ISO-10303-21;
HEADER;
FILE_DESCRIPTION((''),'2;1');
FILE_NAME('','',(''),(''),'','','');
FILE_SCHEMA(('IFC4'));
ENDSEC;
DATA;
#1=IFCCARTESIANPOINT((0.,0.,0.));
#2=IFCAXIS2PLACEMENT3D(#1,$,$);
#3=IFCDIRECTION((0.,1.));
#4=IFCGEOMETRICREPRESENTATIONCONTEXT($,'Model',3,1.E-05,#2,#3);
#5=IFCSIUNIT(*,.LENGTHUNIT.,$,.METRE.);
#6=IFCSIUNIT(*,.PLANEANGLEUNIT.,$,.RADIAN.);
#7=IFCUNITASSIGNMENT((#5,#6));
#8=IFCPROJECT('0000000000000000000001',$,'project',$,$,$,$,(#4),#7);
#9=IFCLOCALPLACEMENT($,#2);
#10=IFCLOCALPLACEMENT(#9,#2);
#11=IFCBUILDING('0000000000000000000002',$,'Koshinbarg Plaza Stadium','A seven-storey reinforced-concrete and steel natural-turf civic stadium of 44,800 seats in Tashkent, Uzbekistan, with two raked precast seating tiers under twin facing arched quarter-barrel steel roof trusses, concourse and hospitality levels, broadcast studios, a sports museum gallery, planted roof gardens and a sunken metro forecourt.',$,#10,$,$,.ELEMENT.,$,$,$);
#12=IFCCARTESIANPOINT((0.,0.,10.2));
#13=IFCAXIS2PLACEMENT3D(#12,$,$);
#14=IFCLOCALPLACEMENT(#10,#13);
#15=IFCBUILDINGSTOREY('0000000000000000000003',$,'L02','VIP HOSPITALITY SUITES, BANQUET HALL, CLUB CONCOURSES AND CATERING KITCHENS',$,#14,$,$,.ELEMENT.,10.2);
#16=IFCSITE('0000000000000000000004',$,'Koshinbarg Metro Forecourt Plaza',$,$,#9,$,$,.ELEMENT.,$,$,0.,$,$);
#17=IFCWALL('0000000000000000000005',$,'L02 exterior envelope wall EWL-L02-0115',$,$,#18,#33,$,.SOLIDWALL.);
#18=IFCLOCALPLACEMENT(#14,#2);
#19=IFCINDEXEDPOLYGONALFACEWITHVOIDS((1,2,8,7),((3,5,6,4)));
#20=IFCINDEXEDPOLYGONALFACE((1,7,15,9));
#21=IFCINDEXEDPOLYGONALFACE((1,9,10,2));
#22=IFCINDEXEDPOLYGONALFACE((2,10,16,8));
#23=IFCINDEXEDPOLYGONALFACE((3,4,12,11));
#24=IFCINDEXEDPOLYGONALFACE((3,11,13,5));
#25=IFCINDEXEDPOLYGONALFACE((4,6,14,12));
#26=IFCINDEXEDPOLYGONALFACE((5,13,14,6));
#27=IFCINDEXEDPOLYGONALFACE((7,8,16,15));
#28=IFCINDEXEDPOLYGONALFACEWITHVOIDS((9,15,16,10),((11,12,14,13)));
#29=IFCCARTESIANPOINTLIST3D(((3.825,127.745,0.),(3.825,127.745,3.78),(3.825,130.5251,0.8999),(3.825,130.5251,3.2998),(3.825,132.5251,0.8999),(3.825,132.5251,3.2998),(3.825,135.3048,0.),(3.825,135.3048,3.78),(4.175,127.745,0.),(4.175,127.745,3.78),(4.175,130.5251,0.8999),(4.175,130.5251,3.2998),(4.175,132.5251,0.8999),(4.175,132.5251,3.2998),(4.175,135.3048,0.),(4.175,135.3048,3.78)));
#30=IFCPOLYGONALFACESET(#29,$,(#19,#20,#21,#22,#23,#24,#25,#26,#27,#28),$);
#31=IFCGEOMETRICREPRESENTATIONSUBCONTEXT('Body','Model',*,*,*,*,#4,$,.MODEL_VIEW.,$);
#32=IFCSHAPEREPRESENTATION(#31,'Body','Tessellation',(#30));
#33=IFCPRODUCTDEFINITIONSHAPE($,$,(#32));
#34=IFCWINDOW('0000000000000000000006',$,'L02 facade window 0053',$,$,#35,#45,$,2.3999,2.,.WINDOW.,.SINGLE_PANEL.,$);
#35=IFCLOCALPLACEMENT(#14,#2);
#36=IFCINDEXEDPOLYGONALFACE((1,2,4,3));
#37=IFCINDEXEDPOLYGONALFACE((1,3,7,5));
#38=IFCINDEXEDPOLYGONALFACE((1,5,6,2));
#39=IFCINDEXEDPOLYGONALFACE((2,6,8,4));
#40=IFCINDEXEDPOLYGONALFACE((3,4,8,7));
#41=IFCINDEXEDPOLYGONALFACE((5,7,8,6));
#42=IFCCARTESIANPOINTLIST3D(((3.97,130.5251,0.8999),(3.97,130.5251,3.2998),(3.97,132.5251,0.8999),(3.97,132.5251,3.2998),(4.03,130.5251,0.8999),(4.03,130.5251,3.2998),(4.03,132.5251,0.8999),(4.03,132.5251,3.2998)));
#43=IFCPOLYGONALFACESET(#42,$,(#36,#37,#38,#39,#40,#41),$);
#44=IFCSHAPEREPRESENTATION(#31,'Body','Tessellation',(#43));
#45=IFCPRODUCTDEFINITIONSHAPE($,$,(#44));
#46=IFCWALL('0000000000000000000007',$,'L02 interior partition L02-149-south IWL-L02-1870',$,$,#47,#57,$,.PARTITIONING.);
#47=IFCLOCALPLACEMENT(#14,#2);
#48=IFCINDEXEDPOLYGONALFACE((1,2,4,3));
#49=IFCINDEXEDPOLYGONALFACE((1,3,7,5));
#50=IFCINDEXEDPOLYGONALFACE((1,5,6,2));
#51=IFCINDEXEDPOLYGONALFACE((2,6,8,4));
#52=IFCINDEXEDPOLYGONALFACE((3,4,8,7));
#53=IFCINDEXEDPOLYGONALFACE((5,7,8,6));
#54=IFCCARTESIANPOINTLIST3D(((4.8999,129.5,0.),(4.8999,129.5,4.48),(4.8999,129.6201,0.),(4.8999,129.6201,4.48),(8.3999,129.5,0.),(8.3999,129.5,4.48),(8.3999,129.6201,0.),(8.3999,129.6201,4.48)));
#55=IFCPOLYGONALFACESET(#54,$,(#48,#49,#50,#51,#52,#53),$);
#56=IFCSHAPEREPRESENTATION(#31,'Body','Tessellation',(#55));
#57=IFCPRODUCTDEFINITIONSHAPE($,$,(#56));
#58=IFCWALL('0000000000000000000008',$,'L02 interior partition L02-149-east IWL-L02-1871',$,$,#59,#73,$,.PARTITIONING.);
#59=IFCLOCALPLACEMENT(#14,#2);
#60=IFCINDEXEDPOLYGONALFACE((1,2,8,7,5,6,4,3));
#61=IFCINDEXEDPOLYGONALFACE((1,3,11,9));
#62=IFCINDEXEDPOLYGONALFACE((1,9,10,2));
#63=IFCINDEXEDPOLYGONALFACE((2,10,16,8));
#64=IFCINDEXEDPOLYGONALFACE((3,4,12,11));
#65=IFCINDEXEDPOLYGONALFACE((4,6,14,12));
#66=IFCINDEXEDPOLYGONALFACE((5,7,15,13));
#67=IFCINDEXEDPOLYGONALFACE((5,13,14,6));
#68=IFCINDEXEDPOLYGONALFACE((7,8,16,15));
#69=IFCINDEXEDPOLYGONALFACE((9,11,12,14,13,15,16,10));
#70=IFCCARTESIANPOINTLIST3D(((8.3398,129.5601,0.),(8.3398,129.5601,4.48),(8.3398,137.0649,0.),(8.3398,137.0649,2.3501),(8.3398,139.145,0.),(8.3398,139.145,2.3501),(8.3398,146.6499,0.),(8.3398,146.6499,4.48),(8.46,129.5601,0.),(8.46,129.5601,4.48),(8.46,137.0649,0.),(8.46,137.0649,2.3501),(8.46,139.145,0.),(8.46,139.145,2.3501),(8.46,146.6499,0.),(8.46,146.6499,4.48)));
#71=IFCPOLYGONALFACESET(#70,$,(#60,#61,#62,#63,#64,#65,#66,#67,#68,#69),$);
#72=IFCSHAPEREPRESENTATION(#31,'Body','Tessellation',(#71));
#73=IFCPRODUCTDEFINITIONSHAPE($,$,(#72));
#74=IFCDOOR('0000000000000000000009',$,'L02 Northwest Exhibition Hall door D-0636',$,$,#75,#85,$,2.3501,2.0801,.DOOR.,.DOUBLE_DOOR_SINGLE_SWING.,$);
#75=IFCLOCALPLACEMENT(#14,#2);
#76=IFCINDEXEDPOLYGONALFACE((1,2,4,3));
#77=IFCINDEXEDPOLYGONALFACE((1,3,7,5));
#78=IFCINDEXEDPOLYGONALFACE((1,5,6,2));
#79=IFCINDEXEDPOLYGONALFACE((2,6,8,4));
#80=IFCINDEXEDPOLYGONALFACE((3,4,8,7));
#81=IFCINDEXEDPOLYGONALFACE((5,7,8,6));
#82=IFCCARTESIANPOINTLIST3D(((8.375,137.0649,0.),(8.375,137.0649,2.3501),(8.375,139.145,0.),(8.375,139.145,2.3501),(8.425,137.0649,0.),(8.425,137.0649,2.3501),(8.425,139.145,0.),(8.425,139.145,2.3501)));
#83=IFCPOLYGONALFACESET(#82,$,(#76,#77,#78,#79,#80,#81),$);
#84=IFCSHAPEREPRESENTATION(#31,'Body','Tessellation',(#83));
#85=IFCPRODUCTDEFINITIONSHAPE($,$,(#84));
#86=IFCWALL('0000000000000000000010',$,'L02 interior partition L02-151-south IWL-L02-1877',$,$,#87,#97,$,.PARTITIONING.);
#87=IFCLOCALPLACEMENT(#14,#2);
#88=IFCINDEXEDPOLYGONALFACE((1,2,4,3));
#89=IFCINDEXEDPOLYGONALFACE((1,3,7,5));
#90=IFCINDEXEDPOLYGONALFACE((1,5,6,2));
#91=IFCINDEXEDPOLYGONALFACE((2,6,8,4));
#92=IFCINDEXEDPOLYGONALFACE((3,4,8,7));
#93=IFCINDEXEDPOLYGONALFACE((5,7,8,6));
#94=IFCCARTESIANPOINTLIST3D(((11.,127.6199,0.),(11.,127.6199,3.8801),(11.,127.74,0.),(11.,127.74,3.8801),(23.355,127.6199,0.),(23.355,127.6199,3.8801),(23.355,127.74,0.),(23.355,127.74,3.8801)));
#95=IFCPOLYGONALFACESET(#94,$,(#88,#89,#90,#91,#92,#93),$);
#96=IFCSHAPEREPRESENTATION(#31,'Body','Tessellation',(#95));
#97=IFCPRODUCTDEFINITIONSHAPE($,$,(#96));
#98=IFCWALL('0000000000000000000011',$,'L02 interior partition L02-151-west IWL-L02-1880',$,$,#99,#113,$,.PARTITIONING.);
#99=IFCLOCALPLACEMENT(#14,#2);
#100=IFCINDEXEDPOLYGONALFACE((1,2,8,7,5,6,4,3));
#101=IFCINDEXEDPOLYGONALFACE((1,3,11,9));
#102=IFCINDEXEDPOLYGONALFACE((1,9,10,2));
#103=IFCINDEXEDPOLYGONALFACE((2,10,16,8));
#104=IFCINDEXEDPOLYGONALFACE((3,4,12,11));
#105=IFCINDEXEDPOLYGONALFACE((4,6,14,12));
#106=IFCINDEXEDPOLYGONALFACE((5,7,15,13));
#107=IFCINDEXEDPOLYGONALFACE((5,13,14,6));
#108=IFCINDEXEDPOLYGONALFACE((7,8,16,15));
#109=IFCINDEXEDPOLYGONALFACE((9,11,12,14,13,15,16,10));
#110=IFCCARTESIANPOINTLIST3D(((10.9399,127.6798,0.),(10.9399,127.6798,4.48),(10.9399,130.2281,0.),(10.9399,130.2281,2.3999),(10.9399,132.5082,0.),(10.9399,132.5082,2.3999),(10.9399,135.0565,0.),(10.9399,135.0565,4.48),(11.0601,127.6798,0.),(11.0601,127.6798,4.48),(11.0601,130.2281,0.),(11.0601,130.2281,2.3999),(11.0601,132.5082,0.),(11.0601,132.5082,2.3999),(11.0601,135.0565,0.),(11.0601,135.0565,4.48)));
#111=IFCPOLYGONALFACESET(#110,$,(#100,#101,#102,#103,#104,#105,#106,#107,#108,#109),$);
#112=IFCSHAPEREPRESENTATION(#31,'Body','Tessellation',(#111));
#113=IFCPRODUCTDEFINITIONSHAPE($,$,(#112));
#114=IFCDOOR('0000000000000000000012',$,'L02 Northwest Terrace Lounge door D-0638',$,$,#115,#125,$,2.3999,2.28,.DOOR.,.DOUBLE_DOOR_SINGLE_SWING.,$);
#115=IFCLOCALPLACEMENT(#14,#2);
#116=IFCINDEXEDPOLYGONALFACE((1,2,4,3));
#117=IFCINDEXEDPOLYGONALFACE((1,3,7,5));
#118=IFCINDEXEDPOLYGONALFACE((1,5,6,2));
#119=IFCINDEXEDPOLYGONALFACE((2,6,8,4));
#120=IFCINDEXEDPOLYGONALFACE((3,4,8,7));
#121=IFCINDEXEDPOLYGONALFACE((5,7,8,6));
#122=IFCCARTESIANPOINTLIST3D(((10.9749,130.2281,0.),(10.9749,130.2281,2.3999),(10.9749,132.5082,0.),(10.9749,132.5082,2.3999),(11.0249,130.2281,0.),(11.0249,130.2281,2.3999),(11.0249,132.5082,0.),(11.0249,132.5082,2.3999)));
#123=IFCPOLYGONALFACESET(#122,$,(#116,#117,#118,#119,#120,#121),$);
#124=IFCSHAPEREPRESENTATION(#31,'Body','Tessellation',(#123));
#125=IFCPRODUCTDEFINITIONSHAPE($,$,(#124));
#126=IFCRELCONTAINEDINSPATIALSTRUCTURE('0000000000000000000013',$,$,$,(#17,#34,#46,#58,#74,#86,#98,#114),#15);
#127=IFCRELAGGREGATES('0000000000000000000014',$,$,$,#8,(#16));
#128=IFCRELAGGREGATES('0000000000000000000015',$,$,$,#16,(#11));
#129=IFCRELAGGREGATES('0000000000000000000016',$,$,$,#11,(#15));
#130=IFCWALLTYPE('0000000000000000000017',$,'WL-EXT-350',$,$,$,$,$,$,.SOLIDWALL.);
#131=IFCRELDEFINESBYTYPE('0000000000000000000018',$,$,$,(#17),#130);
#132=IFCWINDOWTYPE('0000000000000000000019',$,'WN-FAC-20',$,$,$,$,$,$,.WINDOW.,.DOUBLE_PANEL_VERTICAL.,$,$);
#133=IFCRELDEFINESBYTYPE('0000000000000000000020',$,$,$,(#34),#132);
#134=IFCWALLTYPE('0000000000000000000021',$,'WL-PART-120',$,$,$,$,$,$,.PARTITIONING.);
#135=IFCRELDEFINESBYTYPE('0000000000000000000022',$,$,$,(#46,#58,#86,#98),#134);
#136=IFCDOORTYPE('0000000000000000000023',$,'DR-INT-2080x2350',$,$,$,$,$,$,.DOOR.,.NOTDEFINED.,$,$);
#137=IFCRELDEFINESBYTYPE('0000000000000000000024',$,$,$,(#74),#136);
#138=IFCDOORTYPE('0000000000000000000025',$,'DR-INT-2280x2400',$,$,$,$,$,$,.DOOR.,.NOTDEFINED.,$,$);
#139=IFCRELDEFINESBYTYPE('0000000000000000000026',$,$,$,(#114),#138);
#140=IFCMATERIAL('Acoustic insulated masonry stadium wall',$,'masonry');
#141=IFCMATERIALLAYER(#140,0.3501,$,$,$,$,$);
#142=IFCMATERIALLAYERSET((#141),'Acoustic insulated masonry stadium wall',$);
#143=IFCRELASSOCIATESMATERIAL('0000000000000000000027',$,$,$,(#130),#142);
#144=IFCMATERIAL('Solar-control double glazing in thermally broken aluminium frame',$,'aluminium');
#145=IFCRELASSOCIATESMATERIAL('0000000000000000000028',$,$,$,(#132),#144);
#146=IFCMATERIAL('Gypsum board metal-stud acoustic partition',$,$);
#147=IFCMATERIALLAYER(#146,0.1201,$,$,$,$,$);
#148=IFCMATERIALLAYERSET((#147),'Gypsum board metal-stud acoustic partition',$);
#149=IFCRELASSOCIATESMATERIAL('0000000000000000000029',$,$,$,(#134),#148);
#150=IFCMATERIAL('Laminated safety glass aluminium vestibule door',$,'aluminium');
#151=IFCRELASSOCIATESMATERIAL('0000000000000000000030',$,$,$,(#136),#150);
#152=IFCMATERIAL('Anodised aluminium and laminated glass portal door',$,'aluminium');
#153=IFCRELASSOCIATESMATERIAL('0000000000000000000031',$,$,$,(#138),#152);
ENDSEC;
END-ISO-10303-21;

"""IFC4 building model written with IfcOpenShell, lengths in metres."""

from ifc_helpers import new_model, si_unit, direction, frame, frame_2d, origin, place, context, subcontext, project, spatial, rectangle, extrude, material, layer, layer_set, type_object, element, fill, save


model = new_model("IFC4")

# Units and contexts
model_context = context("Model", 3, precision=1e-05, world=origin(), true_north=direction((0.0, 1.0)))
body_context = subcontext(model_context, "Body", "Model", "MODEL_VIEW")
ifc_project = project(units=[si_unit("LENGTHUNIT", "METRE"), si_unit("PLANEANGLEUNIT", "RADIAN")], contexts=[model_context])

# Site, building, storey
site_placement = place(None, origin())
site = spatial("IfcSite", under=ifc_project, at=site_placement, Name="Koshinbarg Metro Forecourt Plaza", CompositionType="ELEMENT", RefElevation=0.0)
building_placement = place(site_placement, origin())
building = spatial("IfcBuilding", under=site, at=building_placement, Name="Koshinbarg Plaza Stadium", Description="A seven-storey reinforced-concrete and steel natural-turf civic stadium of 44,800 seats in Tashkent, Uzbekistan, with two raked precast seating tiers under twin facing arched quarter-barrel steel roof trusses, concourse and hospitality levels, broadcast studios, a sports museum gallery, planted roof gardens and a sunken metro forecourt.", CompositionType="ELEMENT")
storey_placement = place(building_placement, frame((0.0, 0.0, 10.2)))
storey = spatial("IfcBuildingStorey", under=building, at=storey_placement, Name="L02", Description="VIP HOSPITALITY SUITES, BANQUET HALL, CLUB CONCOURSES AND CATERING KITCHENS", CompositionType="ELEMENT", Elevation=10.2)

# Wall, opening, window
ifc_material_1 = material(Name="Acoustic insulated masonry stadium wall", Category="masonry")
ifc_layer_1 = layer(ifc_material_1, 0.3501)
ifc_layer_set_1 = layer_set([ifc_layer_1], Name="Acoustic insulated masonry stadium wall")
wall_type_1 = type_object("IfcWallType", Name="WL-EXT-350", PredefinedType="SOLIDWALL", material=ifc_layer_set_1)
wall_1_placement = place(storey_placement, frame((4.0, 127.7451, 0.0), z_axis=(0.0, 0.0, 1.0), x_axis=(0.0, 1.0, 0.0)))
wall_1 = element("IfcWall", 1, at=wall_1_placement, inside=storey, type_object=wall_type_1, Name="L02 exterior envelope wall EWL-L02-0115", PredefinedType="SOLIDWALL", context=body_context, shape_type="SweptSolid", body=[
    extrude(rectangle(XDim=7.5598, YDim=0.3501, at=frame_2d((3.7798, 0.0))), origin(), (0.0, 0.0, 1.0), 3.78),
])
opening_1_placement = place(wall_1_placement, frame((2.78, 0.0, 0.8999)))
opening_1 = element("IfcOpeningElement", 2, at=opening_1_placement, cuts=wall_1, PredefinedType="OPENING", context=body_context, shape_type="SweptSolid", body=[
    extrude(rectangle(XDim=2.0, YDim=2.3999, at=frame_2d((1.0, 1.2))), frame((0.0, 0.1851, 0.0), z_axis=(0.0, -1.0, 0.0), x_axis=(1.0, 0.0, 0.0)), (0.0, 0.0, 1.0), 0.3701),
])
ifc_material_2 = material(Name="Solar-control double glazing in thermally broken aluminium frame", Category="aluminium")
window_type = type_object("IfcWindowType", Name="WN-FAC-20", PartitioningType="DOUBLE_PANEL_VERTICAL", PredefinedType="WINDOW", material=ifc_material_2)
window_placement = place(opening_1_placement, origin())
window = element("IfcWindow", 3, at=window_placement, inside=storey, type_object=window_type, Name="L02 facade window 0053", OverallHeight=2.3999, OverallWidth=2.0, PartitioningType="SINGLE_PANEL", PredefinedType="WINDOW", context=body_context, shape_type="SweptSolid", body=[
    extrude(rectangle(XDim=2.0, YDim=2.3999, at=frame_2d((1.0, 1.2))), frame((0.0, 0.03, 0.0), z_axis=(0.0, -1.0, 0.0), x_axis=(1.0, 0.0, 0.0)), (0.0, 0.0, 1.0), 0.0601),
])
fill(opening_1, window)

# Wall
ifc_material_3 = material(Name="Gypsum board metal-stud acoustic partition")
ifc_layer_2 = layer(ifc_material_3, 0.1201)
ifc_layer_set_2 = layer_set([ifc_layer_2], Name="Gypsum board metal-stud acoustic partition")
wall_type_2 = type_object("IfcWallType", Name="WL-PART-120", PredefinedType="PARTITIONING", material=ifc_layer_set_2)
wall_2_placement = place(storey_placement, frame((4.8999, 129.5601, 0.0), z_axis=(0.0, 0.0, 1.0), x_axis=(1.0, 0.0, 0.0)))
element("IfcWall", 4, at=wall_2_placement, inside=storey, type_object=wall_type_2, Name="L02 interior partition L02-149-south IWL-L02-1870", PredefinedType="PARTITIONING", context=body_context, shape_type="SweptSolid", body=[
    extrude(rectangle(XDim=3.5, YDim=0.1201, at=frame_2d((1.75, 0.0))), origin(), (0.0, 0.0, 1.0), 4.48),
])

# Wall, opening, door
wall_3_placement = place(storey_placement, frame((8.3999, 129.5601, 0.0), z_axis=(0.0, 0.0, 1.0), x_axis=(0.0, 1.0, 0.0)))
wall_3 = element("IfcWall", 5, at=wall_3_placement, inside=storey, type_object=wall_type_2, Name="L02 interior partition L02-149-east IWL-L02-1871", PredefinedType="PARTITIONING", context=body_context, shape_type="SweptSolid", body=[
    extrude(rectangle(XDim=17.0898, YDim=0.1201, at=frame_2d((8.5449, 0.0))), origin(), (0.0, 0.0, 1.0), 4.48),
])
opening_2_placement = place(wall_3_placement, frame((7.5049, 0.0, 0.0)))
opening_2 = element("IfcOpeningElement", 6, at=opening_2_placement, cuts=wall_3, PredefinedType="OPENING", context=body_context, shape_type="SweptSolid", body=[
    extrude(rectangle(XDim=2.0801, YDim=2.3501, at=frame_2d((1.04, 1.175))), frame((0.0, 0.0701, 0.0), z_axis=(0.0, -1.0, 0.0), x_axis=(1.0, 0.0, 0.0)), (0.0, 0.0, 1.0), 0.1401),
])
ifc_material_4 = material(Name="Laminated safety glass aluminium vestibule door", Category="aluminium")
door_type_1 = type_object("IfcDoorType", Name="DR-INT-2080x2350", OperationType="NOTDEFINED", PredefinedType="DOOR", material=ifc_material_4)
door_1_placement = place(opening_2_placement, origin())
door_1 = element("IfcDoor", 7, at=door_1_placement, inside=storey, type_object=door_type_1, Name="L02 Northwest Exhibition Hall door D-0636", OperationType="DOUBLE_DOOR_SINGLE_SWING", OverallHeight=2.3501, OverallWidth=2.0801, PredefinedType="DOOR", context=body_context, shape_type="SweptSolid", body=[
    extrude(rectangle(XDim=2.0801, YDim=2.3501, at=frame_2d((1.04, 1.175))), frame((0.0, 0.0249, 0.0), z_axis=(0.0, -1.0, 0.0), x_axis=(1.0, 0.0, 0.0)), (0.0, 0.0, 1.0), 0.05),
])
fill(opening_2, door_1)

# Wall
wall_4_placement = place(storey_placement, frame((11.0, 127.6799, 0.0), z_axis=(0.0, 0.0, 1.0), x_axis=(1.0, 0.0, 0.0)))
element("IfcWall", 8, at=wall_4_placement, inside=storey, type_object=wall_type_2, Name="L02 interior partition L02-151-south IWL-L02-1877", PredefinedType="PARTITIONING", context=body_context, shape_type="SweptSolid", body=[
    extrude(rectangle(XDim=12.355, YDim=0.1201, at=frame_2d((6.1775, 0.0))), origin(), (0.0, 0.0, 1.0), 3.8801),
])

# Wall, opening, door
wall_5_placement = place(storey_placement, frame((11.0, 135.0566, 0.0), z_axis=(0.0, 0.0, 1.0), x_axis=(0.0, -1.0, 0.0)))
wall_5 = element("IfcWall", 9, at=wall_5_placement, inside=storey, type_object=wall_type_2, Name="L02 interior partition L02-151-west IWL-L02-1880", PredefinedType="PARTITIONING", context=body_context, shape_type="SweptSolid", body=[
    extrude(rectangle(XDim=7.3767, YDim=0.1201, at=frame_2d((3.6885, 0.0))), origin(), (0.0, 0.0, 1.0), 4.48),
])
opening_3_placement = place(wall_5_placement, frame((2.5483, 0.0, 0.0)))
opening_3 = element("IfcOpeningElement", 10, at=opening_3_placement, cuts=wall_5, PredefinedType="OPENING", context=body_context, shape_type="SweptSolid", body=[
    extrude(rectangle(XDim=2.28, YDim=2.3999, at=frame_2d((1.1401, 1.2))), frame((0.0, 0.0701, 0.0), z_axis=(0.0, -1.0, 0.0), x_axis=(1.0, 0.0, 0.0)), (0.0, 0.0, 1.0), 0.1401),
])
ifc_material_5 = material(Name="Anodised aluminium and laminated glass portal door", Category="aluminium")
door_type_2 = type_object("IfcDoorType", Name="DR-INT-2280x2400", OperationType="NOTDEFINED", PredefinedType="DOOR", material=ifc_material_5)
door_2_placement = place(opening_3_placement, origin())
door_2 = element("IfcDoor", 11, at=door_2_placement, inside=storey, type_object=door_type_2, Name="L02 Northwest Terrace Lounge door D-0638", OperationType="DOUBLE_DOOR_SINGLE_SWING", OverallHeight=2.3999, OverallWidth=2.28, PredefinedType="DOOR", context=body_context, shape_type="SweptSolid", body=[
    extrude(rectangle(XDim=2.28, YDim=2.3999, at=frame_2d((1.1401, 1.2))), frame((0.0, 0.0249, 0.0), z_axis=(0.0, -1.0, 0.0), x_axis=(1.0, 0.0, 0.0)), (0.0, 0.0, 1.0), 0.05),
])
fill(opening_3, door_2)

save(model, "model.ifc")
